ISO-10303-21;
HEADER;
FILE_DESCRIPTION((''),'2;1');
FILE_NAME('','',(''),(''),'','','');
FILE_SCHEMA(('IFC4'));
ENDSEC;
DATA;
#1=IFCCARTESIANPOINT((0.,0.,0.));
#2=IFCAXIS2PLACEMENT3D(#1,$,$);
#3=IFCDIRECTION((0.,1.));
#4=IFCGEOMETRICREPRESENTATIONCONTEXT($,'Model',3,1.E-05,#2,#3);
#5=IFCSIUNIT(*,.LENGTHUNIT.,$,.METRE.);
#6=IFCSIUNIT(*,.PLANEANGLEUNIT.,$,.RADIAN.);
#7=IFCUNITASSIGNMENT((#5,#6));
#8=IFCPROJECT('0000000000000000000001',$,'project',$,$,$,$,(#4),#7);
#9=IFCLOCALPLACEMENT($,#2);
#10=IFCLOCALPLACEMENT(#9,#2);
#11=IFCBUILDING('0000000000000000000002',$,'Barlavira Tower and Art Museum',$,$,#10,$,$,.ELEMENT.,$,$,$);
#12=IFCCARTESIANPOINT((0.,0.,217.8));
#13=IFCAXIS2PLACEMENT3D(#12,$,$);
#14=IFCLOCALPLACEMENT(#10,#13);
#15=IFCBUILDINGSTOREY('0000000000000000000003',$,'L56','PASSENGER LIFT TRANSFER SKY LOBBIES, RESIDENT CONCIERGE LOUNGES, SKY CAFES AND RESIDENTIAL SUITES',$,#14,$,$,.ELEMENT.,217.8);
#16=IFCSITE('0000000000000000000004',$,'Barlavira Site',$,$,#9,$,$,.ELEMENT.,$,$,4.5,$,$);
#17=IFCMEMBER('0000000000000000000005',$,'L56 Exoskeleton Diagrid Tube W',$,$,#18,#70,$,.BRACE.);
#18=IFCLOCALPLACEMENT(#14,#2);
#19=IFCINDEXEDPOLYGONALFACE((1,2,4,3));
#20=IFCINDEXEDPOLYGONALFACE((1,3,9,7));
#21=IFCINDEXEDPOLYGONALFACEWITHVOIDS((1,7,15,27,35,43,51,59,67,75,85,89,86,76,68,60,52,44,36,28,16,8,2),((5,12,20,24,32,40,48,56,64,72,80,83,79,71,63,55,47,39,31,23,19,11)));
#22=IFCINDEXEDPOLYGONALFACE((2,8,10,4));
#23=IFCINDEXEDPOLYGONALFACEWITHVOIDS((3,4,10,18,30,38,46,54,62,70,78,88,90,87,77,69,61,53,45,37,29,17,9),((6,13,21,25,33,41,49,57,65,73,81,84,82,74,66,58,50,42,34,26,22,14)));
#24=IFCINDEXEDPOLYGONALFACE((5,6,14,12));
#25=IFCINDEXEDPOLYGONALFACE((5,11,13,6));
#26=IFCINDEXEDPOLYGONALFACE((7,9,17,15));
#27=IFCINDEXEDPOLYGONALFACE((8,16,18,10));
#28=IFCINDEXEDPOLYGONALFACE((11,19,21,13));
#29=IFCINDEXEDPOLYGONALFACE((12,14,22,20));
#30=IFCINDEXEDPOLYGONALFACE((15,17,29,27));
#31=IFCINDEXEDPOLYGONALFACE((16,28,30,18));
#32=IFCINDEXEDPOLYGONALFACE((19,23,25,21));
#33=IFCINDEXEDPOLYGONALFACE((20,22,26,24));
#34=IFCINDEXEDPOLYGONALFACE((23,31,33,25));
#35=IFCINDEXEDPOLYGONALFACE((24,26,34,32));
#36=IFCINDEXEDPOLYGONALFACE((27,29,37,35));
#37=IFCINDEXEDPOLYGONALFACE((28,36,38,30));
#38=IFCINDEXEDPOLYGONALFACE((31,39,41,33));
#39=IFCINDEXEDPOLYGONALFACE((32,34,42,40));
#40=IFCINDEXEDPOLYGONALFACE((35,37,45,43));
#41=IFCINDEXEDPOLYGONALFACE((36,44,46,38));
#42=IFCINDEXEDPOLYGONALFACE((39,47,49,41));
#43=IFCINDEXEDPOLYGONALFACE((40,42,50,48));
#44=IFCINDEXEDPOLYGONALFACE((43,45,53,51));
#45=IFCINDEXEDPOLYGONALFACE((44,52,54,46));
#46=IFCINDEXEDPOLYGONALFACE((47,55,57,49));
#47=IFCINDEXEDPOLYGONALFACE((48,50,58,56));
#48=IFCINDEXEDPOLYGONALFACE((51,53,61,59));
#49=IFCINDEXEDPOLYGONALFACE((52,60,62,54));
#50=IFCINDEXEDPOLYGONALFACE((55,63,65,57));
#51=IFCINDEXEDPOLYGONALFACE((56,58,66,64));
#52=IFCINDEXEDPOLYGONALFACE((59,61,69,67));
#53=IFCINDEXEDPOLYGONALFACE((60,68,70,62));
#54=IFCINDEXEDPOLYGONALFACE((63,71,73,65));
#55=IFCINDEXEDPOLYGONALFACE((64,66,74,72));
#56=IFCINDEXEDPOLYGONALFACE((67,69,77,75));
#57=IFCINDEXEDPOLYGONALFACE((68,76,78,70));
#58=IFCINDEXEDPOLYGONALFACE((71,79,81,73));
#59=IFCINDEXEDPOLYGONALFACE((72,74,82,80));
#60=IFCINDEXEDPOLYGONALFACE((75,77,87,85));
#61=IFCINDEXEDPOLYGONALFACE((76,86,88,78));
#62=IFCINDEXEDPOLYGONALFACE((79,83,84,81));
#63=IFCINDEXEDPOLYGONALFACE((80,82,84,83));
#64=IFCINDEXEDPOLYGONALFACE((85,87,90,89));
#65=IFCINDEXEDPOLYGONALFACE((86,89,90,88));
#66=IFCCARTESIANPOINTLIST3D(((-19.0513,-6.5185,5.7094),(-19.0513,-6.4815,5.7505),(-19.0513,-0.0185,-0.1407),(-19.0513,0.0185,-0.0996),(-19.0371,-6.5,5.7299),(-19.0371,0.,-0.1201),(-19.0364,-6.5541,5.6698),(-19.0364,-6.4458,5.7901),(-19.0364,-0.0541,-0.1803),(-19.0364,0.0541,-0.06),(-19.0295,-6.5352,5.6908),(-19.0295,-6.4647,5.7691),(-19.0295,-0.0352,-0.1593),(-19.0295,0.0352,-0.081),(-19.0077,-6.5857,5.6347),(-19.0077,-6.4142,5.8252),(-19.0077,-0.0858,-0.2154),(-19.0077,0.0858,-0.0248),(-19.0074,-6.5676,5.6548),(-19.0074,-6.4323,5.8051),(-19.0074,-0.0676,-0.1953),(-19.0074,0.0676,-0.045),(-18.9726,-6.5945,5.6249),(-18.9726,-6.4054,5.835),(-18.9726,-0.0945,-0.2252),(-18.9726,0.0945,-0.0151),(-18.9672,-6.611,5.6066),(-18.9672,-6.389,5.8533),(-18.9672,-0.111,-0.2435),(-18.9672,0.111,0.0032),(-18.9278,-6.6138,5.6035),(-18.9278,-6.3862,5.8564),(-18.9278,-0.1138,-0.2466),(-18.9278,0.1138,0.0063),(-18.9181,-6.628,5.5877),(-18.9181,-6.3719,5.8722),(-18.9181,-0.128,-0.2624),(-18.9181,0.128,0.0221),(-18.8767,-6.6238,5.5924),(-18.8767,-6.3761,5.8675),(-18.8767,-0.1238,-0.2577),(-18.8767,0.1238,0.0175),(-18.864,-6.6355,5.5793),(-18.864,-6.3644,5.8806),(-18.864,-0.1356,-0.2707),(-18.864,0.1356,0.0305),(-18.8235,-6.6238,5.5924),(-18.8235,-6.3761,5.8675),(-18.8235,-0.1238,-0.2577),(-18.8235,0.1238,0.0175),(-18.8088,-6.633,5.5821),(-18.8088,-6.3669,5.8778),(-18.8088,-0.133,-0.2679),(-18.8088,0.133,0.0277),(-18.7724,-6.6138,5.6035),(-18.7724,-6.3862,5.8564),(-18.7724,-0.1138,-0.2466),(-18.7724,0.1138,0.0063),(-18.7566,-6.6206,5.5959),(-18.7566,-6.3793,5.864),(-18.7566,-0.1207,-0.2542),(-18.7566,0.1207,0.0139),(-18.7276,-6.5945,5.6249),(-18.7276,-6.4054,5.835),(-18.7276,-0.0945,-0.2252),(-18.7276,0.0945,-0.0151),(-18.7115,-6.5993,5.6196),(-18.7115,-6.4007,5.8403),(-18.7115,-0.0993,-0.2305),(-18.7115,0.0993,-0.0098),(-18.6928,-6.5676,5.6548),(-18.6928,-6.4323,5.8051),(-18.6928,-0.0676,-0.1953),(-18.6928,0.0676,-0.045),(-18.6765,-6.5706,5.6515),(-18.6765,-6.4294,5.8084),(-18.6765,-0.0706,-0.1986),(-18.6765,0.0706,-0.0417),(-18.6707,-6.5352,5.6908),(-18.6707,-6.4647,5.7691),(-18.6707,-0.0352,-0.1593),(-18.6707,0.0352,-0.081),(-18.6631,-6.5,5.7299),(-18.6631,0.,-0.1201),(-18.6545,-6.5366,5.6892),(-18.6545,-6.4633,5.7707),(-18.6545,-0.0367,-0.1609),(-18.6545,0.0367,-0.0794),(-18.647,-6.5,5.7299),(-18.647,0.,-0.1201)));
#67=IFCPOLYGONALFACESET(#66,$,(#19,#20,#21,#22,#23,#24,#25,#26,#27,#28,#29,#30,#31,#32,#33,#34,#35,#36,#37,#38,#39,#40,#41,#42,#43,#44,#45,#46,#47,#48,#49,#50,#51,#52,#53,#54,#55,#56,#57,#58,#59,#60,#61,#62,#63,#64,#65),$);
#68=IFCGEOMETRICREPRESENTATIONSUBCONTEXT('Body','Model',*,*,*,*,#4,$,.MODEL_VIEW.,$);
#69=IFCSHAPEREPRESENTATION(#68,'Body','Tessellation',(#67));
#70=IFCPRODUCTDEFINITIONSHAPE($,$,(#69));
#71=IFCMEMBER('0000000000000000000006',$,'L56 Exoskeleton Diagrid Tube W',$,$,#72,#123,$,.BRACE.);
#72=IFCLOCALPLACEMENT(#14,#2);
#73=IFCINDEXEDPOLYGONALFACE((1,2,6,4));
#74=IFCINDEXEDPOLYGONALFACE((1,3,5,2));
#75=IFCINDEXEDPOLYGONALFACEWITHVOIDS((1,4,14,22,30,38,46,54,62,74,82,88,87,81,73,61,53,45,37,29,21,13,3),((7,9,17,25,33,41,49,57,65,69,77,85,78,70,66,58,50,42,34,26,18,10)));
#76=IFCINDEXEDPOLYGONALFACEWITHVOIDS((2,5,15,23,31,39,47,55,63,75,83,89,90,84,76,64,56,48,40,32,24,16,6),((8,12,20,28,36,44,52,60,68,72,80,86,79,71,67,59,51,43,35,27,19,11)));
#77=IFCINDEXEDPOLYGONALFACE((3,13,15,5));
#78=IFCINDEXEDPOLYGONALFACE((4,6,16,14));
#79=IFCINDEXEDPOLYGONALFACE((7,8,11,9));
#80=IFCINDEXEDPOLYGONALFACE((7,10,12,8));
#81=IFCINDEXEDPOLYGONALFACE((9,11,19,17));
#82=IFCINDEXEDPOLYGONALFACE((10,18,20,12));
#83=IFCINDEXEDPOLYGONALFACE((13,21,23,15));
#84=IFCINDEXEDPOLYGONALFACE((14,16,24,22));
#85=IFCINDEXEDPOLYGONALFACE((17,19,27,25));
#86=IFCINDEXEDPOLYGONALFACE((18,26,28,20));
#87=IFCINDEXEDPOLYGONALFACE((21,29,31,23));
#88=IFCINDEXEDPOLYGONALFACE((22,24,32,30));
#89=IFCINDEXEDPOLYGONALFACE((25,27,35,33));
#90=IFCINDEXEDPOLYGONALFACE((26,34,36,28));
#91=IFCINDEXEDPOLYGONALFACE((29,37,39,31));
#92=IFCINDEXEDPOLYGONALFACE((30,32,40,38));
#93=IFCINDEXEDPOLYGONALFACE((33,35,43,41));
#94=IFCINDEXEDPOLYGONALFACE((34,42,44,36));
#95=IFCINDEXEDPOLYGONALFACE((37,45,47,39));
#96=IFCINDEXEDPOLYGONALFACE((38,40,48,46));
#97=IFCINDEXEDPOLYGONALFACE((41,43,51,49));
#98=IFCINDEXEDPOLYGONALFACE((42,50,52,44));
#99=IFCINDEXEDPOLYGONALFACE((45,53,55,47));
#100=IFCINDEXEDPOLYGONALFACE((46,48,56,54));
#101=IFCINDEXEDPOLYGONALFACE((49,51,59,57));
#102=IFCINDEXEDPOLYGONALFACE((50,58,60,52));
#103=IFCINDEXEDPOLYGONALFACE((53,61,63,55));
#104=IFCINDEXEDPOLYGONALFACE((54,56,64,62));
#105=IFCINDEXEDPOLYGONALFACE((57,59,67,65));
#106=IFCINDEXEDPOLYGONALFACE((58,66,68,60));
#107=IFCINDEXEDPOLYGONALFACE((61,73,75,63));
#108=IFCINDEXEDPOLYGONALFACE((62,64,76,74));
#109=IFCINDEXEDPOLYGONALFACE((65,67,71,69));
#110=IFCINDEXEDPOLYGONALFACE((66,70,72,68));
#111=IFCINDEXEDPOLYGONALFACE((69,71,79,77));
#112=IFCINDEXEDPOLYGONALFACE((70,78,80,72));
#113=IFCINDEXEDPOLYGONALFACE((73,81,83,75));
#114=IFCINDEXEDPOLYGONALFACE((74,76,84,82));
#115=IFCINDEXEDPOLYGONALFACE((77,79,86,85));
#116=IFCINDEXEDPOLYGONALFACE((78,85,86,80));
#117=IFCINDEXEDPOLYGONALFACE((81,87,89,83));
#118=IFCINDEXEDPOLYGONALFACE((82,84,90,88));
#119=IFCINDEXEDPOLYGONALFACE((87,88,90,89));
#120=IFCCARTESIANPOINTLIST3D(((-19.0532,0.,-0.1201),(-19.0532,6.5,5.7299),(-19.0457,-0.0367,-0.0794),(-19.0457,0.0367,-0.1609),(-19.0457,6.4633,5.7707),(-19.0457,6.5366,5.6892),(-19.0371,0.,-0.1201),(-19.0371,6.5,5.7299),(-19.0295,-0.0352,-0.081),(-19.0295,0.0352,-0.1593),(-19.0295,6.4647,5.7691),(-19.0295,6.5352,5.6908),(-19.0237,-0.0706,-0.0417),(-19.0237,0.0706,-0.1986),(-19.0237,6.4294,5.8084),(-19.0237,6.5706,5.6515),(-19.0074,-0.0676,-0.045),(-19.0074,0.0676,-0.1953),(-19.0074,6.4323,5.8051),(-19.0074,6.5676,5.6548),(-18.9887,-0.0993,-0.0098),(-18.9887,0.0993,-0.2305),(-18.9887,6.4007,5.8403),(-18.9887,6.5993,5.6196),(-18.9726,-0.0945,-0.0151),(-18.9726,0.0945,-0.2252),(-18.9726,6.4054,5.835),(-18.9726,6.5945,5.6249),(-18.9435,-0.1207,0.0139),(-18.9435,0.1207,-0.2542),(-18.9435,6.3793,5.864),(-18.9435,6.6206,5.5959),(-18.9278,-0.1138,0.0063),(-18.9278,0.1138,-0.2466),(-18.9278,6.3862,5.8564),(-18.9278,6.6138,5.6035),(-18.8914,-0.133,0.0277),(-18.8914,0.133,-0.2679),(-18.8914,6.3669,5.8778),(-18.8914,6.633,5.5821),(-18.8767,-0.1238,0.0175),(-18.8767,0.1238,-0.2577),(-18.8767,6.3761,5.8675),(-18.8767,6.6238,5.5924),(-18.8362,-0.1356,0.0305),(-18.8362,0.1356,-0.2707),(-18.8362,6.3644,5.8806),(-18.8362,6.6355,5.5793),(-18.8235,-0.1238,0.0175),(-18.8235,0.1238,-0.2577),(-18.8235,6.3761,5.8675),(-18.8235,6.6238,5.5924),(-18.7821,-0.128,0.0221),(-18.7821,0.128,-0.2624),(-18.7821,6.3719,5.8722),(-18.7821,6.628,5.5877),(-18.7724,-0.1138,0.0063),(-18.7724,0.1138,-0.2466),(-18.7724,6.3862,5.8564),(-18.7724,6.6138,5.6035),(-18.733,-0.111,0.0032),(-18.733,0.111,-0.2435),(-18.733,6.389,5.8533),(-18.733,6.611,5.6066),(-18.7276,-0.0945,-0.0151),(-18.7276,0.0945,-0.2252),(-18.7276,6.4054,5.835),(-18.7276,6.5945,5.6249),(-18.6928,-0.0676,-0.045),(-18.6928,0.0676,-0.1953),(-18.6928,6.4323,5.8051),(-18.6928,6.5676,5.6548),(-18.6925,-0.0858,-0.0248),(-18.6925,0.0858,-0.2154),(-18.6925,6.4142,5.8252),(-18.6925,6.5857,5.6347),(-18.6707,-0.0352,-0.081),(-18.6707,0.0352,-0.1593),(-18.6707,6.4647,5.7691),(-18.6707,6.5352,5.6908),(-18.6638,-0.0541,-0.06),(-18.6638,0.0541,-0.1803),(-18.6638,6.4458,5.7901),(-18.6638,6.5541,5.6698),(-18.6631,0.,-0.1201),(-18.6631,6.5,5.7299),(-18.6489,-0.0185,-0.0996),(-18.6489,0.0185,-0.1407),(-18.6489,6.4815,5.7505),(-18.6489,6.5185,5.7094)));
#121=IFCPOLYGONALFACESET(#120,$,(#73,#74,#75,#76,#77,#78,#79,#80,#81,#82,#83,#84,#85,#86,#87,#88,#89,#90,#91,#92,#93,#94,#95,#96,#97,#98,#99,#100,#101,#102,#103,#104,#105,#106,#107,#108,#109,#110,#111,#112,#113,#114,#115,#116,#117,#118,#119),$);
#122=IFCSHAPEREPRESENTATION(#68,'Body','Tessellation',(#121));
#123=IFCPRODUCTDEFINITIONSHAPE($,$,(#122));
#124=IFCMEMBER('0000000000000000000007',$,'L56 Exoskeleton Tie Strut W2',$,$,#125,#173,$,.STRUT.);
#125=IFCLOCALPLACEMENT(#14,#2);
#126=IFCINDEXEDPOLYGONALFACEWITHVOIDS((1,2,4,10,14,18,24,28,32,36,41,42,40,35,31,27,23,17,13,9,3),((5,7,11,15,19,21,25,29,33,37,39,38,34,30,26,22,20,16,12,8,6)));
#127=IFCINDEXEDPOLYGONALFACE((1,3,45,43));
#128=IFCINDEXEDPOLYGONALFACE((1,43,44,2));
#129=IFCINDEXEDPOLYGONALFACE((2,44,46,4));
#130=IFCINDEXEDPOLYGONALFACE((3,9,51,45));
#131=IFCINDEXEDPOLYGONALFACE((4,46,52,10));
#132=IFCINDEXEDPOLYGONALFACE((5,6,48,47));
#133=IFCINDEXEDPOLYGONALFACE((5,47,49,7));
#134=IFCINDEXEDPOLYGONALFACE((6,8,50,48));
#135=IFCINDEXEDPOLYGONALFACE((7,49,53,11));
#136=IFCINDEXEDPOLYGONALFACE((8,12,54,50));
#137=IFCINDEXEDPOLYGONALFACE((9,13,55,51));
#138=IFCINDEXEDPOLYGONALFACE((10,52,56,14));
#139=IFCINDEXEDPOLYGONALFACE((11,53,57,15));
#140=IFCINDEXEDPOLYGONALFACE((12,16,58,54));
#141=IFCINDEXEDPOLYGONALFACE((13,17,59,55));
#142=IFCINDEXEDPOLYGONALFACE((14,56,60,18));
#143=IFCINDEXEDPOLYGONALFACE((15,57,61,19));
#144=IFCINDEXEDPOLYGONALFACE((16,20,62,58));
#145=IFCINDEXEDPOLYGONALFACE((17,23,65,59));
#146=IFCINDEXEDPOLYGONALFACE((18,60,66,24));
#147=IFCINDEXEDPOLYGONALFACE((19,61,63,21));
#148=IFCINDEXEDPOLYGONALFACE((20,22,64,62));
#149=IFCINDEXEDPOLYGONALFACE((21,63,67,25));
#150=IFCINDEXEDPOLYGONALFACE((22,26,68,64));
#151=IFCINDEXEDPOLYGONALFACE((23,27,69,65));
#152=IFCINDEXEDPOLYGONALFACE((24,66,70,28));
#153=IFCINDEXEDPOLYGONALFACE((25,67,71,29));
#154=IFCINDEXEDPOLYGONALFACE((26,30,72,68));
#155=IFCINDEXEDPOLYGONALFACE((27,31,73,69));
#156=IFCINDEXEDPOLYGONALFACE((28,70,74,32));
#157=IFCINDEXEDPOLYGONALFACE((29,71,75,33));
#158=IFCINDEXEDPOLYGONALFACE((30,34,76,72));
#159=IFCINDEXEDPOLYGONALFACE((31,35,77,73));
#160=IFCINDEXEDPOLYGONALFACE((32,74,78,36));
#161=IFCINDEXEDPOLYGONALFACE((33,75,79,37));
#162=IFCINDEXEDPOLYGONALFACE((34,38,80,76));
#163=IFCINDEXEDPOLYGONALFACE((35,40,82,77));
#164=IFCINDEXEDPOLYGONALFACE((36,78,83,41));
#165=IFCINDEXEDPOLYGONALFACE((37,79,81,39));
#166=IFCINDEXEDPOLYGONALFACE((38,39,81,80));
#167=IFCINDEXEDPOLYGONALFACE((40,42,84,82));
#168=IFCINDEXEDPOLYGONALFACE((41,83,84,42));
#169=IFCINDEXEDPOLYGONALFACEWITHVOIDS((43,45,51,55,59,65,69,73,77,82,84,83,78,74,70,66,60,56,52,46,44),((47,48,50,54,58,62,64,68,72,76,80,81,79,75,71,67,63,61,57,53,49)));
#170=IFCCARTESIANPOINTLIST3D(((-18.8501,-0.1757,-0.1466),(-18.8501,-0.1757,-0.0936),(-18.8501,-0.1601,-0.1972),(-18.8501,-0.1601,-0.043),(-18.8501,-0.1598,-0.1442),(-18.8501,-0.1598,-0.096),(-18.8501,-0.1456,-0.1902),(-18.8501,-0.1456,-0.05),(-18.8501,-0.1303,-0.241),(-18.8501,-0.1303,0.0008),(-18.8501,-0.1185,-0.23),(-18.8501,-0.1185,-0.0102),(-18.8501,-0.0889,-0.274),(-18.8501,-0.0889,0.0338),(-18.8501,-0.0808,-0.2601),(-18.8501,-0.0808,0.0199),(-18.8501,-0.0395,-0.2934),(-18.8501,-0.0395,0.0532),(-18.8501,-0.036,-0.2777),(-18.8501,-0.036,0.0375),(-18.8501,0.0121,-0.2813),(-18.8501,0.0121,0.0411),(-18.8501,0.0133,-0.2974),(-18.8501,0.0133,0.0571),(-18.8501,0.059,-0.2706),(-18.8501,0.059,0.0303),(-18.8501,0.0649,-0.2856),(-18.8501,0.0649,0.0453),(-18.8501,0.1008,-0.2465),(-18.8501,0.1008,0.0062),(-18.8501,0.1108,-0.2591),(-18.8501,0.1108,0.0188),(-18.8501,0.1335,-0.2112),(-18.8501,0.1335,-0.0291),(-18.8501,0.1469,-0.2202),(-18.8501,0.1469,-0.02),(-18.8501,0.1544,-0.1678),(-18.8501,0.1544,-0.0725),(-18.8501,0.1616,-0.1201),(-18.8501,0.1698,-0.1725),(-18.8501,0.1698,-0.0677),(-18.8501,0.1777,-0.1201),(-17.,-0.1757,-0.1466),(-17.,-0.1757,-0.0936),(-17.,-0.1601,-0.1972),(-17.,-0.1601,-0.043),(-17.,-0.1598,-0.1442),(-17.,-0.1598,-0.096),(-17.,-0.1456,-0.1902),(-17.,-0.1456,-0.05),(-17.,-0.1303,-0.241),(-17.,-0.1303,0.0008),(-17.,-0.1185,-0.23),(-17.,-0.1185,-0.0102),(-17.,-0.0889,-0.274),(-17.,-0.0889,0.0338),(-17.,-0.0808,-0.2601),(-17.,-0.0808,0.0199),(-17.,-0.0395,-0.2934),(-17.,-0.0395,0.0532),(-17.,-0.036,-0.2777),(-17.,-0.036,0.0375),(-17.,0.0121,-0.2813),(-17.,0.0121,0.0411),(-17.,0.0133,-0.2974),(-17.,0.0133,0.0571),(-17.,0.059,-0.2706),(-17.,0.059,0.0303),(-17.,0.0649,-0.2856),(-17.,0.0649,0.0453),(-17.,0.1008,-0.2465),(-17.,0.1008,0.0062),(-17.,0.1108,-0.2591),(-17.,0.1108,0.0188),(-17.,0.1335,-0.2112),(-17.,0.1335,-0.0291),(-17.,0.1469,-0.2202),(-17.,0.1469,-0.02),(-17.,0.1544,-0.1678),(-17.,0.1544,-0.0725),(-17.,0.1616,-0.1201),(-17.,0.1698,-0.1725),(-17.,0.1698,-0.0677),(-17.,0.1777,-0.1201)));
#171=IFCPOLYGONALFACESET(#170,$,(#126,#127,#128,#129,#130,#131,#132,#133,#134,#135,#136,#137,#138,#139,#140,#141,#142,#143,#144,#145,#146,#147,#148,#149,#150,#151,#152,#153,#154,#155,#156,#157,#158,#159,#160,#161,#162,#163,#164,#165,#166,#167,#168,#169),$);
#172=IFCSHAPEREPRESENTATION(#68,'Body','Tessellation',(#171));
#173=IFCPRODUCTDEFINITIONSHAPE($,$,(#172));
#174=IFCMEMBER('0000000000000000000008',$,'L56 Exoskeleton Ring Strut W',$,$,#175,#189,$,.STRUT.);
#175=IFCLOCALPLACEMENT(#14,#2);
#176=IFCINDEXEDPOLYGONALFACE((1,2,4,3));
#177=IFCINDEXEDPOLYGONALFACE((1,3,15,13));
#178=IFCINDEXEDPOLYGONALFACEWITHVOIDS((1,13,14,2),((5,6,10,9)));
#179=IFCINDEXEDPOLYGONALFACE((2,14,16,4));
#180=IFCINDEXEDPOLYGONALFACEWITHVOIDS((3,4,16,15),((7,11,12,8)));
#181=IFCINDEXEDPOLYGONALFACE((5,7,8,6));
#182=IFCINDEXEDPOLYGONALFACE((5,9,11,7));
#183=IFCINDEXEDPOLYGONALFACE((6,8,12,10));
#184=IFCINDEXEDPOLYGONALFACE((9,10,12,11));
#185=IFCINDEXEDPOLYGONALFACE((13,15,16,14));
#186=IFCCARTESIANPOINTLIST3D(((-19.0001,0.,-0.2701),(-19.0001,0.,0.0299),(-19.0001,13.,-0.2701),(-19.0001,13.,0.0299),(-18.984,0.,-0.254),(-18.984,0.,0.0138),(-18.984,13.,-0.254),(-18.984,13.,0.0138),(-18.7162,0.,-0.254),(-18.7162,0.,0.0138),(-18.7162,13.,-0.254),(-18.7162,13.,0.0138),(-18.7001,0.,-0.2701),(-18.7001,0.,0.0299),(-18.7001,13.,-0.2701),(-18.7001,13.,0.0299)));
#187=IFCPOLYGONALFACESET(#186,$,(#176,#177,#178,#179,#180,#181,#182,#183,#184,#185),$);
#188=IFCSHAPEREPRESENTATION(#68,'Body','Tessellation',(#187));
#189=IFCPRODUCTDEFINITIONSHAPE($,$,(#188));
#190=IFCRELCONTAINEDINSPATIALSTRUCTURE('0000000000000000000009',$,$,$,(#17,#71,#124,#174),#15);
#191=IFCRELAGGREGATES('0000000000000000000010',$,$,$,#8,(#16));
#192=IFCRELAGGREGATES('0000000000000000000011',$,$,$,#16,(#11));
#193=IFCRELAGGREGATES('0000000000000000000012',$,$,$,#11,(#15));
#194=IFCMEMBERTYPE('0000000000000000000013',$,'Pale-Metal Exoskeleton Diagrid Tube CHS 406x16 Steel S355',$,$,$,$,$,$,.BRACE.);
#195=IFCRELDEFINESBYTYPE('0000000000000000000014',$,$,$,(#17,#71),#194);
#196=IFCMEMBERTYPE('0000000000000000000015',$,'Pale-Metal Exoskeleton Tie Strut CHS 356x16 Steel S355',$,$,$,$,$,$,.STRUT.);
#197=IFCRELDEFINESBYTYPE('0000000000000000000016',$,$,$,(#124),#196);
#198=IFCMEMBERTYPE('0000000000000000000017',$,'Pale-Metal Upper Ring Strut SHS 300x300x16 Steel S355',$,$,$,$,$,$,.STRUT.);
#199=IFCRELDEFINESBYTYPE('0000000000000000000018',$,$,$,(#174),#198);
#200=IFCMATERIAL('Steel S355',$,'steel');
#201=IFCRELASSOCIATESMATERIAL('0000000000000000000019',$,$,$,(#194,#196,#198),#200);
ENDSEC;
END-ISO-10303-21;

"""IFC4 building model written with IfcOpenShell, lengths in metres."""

from ifc_helpers import new_model, si_unit, direction, frame, origin, origin_2d, place, context, subcontext, project, spatial, hollow_rectangle, hollow_circle, extrude, material, material_profile, profile_set, type_object, element, save


model = new_model("IFC4")

# Units and contexts
model_context = context("Model", 3, precision=1e-05, world=origin(), true_north=direction((0.0, 1.0)))
body_context = subcontext(model_context, "Body", "Model", "MODEL_VIEW")
ifc_project = project(units=[si_unit("LENGTHUNIT", "METRE"), si_unit("PLANEANGLEUNIT", "RADIAN")], contexts=[model_context])

# Site, building, storey
site_placement = place(None, origin())
site = spatial("IfcSite", under=ifc_project, at=site_placement, Name="Barlavira Site", CompositionType="ELEMENT", RefElevation=4.5)
building_placement = place(site_placement, origin())
building = spatial("IfcBuilding", under=site, at=building_placement, Name="Barlavira Tower and Art Museum", CompositionType="ELEMENT")
storey_placement = place(building_placement, frame((0.0, 0.0, 217.8)))
storey = spatial("IfcBuildingStorey", under=building, at=storey_placement, Name="L56", Description="PASSENGER LIFT TRANSFER SKY LOBBIES, RESIDENT CONCIERGE LOUNGES, SKY CAFES AND RESIDENTIAL SUITES", CompositionType="ELEMENT", Elevation=217.8)

# Members
ifc_material_1 = material(Name="Steel S355", Category="steel")
ifc_material_profile_1 = material_profile(ifc_material_1, hollow_circle(Radius=0.2031, WallThickness=0.0161, at=origin_2d()), Name="CHS 406.4x16.0")
ifc_profile_set_1 = profile_set([ifc_material_profile_1], Name="Steel S355")
member_type_1 = type_object("IfcMemberType", Name="Pale-Metal Exoskeleton Diagrid Tube CHS 406x16 Steel S355", PredefinedType="BRACE", material=ifc_profile_set_1)
for number, where, z_axis, x_axis, name in (
    (1, (-18.8501, 0.0, -0.1201), (0.0, -0.743289, 0.668971), (1.0, 0.0, 0.0), "L56 Exoskeleton Diagrid Tube W"),
    (2, (-18.8501, 0.0, -0.1201), (0.0, 0.743289, 0.668971), (-1.0, 0.0, 0.0), "L56 Exoskeleton Diagrid Tube W"),
):
    element("IfcMember", number, at=place(storey_placement, frame(where, z_axis=z_axis, x_axis=x_axis)), inside=storey, type_object=member_type_1, Name=name, PredefinedType="BRACE", context=body_context, shape_type="SweptSolid", body=[
        extrude(hollow_circle(Radius=0.2031, WallThickness=0.0161, at=origin_2d()), origin(), (0.0, 0.0, 1.0), 8.7449),
    ])
ifc_material_profile_2 = material_profile(ifc_material_1, hollow_circle(Radius=0.1777, WallThickness=0.0161, at=origin_2d()), Name="CHS 355.6x16.0")
ifc_profile_set_2 = profile_set([ifc_material_profile_2], Name="Steel S355")
member_type_2 = type_object("IfcMemberType", Name="Pale-Metal Exoskeleton Tie Strut CHS 356x16 Steel S355", PredefinedType="STRUT", material=ifc_profile_set_2)
member_1_placement = place(storey_placement, frame((-18.8501, 0.0, -0.1201), z_axis=(1.0, 0.0, 0.0), x_axis=(0.0, 1.0, 0.0)))
element("IfcMember", 3, at=member_1_placement, inside=storey, type_object=member_type_2, Name="L56 Exoskeleton Tie Strut W2", PredefinedType="STRUT", context=body_context, shape_type="SweptSolid", body=[
    extrude(hollow_circle(Radius=0.1777, WallThickness=0.0161, at=origin_2d()), origin(), (0.0, 0.0, 1.0), 1.8501),
])
ifc_material_profile_3 = material_profile(ifc_material_1, hollow_rectangle(XDim=0.3, YDim=0.3, WallThickness=0.0161, at=origin_2d()), Name="SHS 300x300x16.0")
ifc_profile_set_3 = profile_set([ifc_material_profile_3], Name="Steel S355")
member_type_3 = type_object("IfcMemberType", Name="Pale-Metal Upper Ring Strut SHS 300x300x16 Steel S355", PredefinedType="STRUT", material=ifc_profile_set_3)
member_2_placement = place(storey_placement, frame((-18.8501, 0.0, -0.1201), z_axis=(0.0, 1.0, 0.0), x_axis=(-1.0, 0.0, 0.0)))
element("IfcMember", 4, at=member_2_placement, inside=storey, type_object=member_type_3, Name="L56 Exoskeleton Ring Strut W", PredefinedType="STRUT", context=body_context, shape_type="SweptSolid", body=[
    extrude(hollow_rectangle(XDim=0.3, YDim=0.3, WallThickness=0.0161, at=origin_2d()), origin(), (0.0, 0.0, 1.0), 13.0),
])

save(model, "model.ifc")
